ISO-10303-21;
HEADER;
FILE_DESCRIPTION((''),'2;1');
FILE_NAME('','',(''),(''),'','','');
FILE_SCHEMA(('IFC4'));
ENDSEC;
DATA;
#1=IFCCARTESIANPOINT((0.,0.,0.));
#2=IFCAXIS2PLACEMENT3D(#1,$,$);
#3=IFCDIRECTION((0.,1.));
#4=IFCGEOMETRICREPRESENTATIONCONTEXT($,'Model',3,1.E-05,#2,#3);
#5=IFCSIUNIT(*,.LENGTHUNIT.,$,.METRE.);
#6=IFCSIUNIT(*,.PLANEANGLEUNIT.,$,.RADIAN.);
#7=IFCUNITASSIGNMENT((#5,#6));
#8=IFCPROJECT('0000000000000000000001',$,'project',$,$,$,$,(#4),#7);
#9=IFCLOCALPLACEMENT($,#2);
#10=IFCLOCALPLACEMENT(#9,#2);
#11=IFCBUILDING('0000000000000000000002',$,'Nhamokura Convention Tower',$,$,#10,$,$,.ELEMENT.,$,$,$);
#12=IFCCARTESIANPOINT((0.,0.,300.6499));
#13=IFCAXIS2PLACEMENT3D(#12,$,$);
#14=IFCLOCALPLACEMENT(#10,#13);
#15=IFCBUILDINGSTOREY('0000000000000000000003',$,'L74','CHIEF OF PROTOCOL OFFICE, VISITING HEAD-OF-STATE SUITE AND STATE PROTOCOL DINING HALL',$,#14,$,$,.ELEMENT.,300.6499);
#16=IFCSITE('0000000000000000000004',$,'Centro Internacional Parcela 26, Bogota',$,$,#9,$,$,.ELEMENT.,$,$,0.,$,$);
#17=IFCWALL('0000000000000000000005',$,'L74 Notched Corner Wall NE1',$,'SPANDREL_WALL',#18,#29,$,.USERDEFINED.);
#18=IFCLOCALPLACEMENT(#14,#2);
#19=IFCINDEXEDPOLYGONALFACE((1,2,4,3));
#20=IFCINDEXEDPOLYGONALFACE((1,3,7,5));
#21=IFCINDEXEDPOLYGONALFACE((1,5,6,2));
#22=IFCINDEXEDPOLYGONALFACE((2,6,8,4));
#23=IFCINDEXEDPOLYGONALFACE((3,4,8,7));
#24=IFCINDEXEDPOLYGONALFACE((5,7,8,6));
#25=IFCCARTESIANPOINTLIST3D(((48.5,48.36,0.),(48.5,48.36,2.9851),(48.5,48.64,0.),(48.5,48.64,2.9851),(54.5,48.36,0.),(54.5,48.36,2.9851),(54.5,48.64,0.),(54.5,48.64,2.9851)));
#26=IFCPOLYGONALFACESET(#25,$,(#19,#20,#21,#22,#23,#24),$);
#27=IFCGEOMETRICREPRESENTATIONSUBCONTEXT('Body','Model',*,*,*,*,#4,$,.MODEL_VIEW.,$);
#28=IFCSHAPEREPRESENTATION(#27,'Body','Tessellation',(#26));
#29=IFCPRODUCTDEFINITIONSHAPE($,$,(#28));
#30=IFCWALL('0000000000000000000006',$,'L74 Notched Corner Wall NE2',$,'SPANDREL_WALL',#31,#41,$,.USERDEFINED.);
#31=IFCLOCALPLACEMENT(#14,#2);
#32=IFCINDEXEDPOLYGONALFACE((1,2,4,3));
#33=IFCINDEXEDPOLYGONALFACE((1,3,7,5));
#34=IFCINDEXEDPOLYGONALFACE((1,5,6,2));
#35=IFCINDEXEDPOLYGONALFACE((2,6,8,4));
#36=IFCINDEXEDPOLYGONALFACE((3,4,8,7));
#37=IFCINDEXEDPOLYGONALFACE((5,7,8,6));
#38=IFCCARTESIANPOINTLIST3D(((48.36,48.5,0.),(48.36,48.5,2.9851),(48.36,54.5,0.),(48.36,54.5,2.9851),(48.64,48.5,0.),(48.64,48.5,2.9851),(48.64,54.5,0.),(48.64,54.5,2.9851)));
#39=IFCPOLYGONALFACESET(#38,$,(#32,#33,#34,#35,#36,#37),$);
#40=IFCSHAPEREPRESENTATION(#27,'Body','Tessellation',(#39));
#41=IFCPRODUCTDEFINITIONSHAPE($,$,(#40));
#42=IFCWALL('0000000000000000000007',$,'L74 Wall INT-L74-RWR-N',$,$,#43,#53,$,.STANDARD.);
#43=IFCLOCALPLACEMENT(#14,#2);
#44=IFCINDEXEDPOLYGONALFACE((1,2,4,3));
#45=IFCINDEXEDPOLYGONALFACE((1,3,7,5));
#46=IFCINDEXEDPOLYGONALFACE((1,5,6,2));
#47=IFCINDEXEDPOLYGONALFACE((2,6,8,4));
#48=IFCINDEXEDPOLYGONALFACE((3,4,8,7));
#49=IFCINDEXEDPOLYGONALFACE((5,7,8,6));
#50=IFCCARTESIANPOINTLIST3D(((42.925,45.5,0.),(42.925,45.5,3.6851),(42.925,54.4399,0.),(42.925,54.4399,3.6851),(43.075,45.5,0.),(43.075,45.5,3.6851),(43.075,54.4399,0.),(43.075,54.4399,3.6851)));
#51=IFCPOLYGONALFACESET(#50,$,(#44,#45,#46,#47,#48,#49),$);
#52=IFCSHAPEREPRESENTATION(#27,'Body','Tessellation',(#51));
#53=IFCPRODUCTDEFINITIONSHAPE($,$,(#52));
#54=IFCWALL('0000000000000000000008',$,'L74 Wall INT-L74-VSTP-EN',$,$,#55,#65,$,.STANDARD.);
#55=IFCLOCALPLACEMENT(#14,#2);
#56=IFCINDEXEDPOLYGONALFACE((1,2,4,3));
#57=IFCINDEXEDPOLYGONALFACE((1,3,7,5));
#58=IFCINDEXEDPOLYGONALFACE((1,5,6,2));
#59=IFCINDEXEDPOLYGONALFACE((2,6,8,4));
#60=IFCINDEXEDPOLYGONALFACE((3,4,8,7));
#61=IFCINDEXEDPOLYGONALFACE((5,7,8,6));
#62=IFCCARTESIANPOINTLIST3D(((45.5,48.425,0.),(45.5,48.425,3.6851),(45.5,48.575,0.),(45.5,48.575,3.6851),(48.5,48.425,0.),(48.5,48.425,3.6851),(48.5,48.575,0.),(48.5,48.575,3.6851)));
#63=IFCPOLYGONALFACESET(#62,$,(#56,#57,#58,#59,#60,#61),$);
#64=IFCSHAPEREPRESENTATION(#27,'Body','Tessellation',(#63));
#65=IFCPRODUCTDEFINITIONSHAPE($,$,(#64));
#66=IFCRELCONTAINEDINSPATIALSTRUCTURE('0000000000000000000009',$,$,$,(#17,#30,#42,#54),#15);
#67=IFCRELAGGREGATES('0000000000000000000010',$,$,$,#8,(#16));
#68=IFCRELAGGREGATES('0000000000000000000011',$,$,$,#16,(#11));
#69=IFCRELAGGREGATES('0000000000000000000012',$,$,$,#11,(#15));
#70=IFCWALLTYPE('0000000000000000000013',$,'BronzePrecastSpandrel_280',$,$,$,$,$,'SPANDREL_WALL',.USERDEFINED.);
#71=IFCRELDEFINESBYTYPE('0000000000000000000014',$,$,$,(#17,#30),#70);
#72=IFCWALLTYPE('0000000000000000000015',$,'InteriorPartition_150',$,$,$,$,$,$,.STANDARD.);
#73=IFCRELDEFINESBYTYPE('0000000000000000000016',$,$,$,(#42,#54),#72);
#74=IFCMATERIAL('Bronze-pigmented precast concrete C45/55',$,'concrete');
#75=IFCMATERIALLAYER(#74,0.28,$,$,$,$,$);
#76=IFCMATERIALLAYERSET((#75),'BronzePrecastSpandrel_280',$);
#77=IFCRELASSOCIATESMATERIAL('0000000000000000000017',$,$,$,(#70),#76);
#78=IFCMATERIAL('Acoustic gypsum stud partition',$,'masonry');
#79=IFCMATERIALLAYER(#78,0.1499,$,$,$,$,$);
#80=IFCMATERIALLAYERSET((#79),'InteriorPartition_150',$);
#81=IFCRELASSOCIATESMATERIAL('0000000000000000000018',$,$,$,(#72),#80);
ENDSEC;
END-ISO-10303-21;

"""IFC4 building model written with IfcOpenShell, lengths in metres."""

from ifc_helpers import new_model, si_unit, direction, frame, frame_2d, origin, place, context, subcontext, project, spatial, rectangle, extrude, material, layer, layer_set, type_object, element, save


model = new_model("IFC4")

# Units and contexts
model_context = context("Model", 3, precision=1e-05, world=origin(), true_north=direction((0.0, 1.0)))
body_context = subcontext(model_context, "Body", "Model", "MODEL_VIEW")
ifc_project = project(units=[si_unit("LENGTHUNIT", "METRE"), si_unit("PLANEANGLEUNIT", "RADIAN")], contexts=[model_context])

# Site, building, storey
site_placement = place(None, origin())
site = spatial("IfcSite", under=ifc_project, at=site_placement, Name="Centro Internacional Parcela 26, Bogota", CompositionType="ELEMENT", RefElevation=0.0)
building_placement = place(site_placement, origin())
building = spatial("IfcBuilding", under=site, at=building_placement, Name="Nhamokura Convention Tower", CompositionType="ELEMENT")
storey_placement = place(building_placement, frame((0.0, 0.0, 300.6499)))
storey = spatial("IfcBuildingStorey", under=building, at=storey_placement, Name="L74", Description="CHIEF OF PROTOCOL OFFICE, VISITING HEAD-OF-STATE SUITE AND STATE PROTOCOL DINING HALL", CompositionType="ELEMENT", Elevation=300.6499)

# Walls
ifc_material_1 = material(Name="Bronze-pigmented precast concrete C45/55", Category="concrete")
ifc_layer_1 = layer(ifc_material_1, 0.28)
ifc_layer_set_1 = layer_set([ifc_layer_1], Name="BronzePrecastSpandrel_280")
wall_type_1 = type_object("IfcWallType", Name="BronzePrecastSpandrel_280", ElementType="SPANDREL_WALL", PredefinedType="USERDEFINED", material=ifc_layer_set_1)
for number, where, z_axis, x_axis, name in (
    (1, (48.5, 48.5, 0.0), (0.0, 0.0, 1.0), (1.0, 0.0, 0.0), "L74 Notched Corner Wall NE1"),
    (2, (48.5, 54.5, 0.0), (0.0, 0.0, 1.0), (0.0, -1.0, 0.0), "L74 Notched Corner Wall NE2"),
):
    element("IfcWall", number, at=place(storey_placement, frame(where, z_axis=z_axis, x_axis=x_axis)), inside=storey, type_object=wall_type_1, Name=name, ObjectType="SPANDREL_WALL", PredefinedType="USERDEFINED", context=body_context, shape_type="SweptSolid", body=[
        extrude(rectangle(XDim=6.0, YDim=0.28, at=frame_2d((3.0, 0.0))), origin(), (0.0, 0.0, 1.0), 2.9851),
    ])
ifc_material_2 = material(Name="Acoustic gypsum stud partition", Category="masonry")
ifc_layer_2 = layer(ifc_material_2, 0.1499)
ifc_layer_set_2 = layer_set([ifc_layer_2], Name="InteriorPartition_150")
wall_type_2 = type_object("IfcWallType", Name="InteriorPartition_150", PredefinedType="STANDARD", material=ifc_layer_set_2)
wall_1_placement = place(storey_placement, frame((43.0, 45.5, 0.0), z_axis=(0.0, 0.0, 1.0), x_axis=(0.0, 1.0, 0.0)))
element("IfcWall", 3, at=wall_1_placement, inside=storey, type_object=wall_type_2, Name="L74 Wall INT-L74-RWR-N", PredefinedType="STANDARD", context=body_context, shape_type="SweptSolid", body=[
    extrude(rectangle(XDim=8.9399, YDim=0.1499, at=frame_2d((4.47, 0.0))), origin(), (0.0, 0.0, 1.0), 3.6851),
])
wall_2_placement = place(storey_placement, frame((45.5, 48.5, 0.0), z_axis=(0.0, 0.0, 1.0), x_axis=(1.0, 0.0, 0.0)))
element("IfcWall", 4, at=wall_2_placement, inside=storey, type_object=wall_type_2, Name="L74 Wall INT-L74-VSTP-EN", PredefinedType="STANDARD", context=body_context, shape_type="SweptSolid", body=[
    extrude(rectangle(XDim=3.0, YDim=0.1499, at=frame_2d((1.5, 0.0))), origin(), (0.0, 0.0, 1.0), 3.6851),
])

save(model, "model.ifc")
